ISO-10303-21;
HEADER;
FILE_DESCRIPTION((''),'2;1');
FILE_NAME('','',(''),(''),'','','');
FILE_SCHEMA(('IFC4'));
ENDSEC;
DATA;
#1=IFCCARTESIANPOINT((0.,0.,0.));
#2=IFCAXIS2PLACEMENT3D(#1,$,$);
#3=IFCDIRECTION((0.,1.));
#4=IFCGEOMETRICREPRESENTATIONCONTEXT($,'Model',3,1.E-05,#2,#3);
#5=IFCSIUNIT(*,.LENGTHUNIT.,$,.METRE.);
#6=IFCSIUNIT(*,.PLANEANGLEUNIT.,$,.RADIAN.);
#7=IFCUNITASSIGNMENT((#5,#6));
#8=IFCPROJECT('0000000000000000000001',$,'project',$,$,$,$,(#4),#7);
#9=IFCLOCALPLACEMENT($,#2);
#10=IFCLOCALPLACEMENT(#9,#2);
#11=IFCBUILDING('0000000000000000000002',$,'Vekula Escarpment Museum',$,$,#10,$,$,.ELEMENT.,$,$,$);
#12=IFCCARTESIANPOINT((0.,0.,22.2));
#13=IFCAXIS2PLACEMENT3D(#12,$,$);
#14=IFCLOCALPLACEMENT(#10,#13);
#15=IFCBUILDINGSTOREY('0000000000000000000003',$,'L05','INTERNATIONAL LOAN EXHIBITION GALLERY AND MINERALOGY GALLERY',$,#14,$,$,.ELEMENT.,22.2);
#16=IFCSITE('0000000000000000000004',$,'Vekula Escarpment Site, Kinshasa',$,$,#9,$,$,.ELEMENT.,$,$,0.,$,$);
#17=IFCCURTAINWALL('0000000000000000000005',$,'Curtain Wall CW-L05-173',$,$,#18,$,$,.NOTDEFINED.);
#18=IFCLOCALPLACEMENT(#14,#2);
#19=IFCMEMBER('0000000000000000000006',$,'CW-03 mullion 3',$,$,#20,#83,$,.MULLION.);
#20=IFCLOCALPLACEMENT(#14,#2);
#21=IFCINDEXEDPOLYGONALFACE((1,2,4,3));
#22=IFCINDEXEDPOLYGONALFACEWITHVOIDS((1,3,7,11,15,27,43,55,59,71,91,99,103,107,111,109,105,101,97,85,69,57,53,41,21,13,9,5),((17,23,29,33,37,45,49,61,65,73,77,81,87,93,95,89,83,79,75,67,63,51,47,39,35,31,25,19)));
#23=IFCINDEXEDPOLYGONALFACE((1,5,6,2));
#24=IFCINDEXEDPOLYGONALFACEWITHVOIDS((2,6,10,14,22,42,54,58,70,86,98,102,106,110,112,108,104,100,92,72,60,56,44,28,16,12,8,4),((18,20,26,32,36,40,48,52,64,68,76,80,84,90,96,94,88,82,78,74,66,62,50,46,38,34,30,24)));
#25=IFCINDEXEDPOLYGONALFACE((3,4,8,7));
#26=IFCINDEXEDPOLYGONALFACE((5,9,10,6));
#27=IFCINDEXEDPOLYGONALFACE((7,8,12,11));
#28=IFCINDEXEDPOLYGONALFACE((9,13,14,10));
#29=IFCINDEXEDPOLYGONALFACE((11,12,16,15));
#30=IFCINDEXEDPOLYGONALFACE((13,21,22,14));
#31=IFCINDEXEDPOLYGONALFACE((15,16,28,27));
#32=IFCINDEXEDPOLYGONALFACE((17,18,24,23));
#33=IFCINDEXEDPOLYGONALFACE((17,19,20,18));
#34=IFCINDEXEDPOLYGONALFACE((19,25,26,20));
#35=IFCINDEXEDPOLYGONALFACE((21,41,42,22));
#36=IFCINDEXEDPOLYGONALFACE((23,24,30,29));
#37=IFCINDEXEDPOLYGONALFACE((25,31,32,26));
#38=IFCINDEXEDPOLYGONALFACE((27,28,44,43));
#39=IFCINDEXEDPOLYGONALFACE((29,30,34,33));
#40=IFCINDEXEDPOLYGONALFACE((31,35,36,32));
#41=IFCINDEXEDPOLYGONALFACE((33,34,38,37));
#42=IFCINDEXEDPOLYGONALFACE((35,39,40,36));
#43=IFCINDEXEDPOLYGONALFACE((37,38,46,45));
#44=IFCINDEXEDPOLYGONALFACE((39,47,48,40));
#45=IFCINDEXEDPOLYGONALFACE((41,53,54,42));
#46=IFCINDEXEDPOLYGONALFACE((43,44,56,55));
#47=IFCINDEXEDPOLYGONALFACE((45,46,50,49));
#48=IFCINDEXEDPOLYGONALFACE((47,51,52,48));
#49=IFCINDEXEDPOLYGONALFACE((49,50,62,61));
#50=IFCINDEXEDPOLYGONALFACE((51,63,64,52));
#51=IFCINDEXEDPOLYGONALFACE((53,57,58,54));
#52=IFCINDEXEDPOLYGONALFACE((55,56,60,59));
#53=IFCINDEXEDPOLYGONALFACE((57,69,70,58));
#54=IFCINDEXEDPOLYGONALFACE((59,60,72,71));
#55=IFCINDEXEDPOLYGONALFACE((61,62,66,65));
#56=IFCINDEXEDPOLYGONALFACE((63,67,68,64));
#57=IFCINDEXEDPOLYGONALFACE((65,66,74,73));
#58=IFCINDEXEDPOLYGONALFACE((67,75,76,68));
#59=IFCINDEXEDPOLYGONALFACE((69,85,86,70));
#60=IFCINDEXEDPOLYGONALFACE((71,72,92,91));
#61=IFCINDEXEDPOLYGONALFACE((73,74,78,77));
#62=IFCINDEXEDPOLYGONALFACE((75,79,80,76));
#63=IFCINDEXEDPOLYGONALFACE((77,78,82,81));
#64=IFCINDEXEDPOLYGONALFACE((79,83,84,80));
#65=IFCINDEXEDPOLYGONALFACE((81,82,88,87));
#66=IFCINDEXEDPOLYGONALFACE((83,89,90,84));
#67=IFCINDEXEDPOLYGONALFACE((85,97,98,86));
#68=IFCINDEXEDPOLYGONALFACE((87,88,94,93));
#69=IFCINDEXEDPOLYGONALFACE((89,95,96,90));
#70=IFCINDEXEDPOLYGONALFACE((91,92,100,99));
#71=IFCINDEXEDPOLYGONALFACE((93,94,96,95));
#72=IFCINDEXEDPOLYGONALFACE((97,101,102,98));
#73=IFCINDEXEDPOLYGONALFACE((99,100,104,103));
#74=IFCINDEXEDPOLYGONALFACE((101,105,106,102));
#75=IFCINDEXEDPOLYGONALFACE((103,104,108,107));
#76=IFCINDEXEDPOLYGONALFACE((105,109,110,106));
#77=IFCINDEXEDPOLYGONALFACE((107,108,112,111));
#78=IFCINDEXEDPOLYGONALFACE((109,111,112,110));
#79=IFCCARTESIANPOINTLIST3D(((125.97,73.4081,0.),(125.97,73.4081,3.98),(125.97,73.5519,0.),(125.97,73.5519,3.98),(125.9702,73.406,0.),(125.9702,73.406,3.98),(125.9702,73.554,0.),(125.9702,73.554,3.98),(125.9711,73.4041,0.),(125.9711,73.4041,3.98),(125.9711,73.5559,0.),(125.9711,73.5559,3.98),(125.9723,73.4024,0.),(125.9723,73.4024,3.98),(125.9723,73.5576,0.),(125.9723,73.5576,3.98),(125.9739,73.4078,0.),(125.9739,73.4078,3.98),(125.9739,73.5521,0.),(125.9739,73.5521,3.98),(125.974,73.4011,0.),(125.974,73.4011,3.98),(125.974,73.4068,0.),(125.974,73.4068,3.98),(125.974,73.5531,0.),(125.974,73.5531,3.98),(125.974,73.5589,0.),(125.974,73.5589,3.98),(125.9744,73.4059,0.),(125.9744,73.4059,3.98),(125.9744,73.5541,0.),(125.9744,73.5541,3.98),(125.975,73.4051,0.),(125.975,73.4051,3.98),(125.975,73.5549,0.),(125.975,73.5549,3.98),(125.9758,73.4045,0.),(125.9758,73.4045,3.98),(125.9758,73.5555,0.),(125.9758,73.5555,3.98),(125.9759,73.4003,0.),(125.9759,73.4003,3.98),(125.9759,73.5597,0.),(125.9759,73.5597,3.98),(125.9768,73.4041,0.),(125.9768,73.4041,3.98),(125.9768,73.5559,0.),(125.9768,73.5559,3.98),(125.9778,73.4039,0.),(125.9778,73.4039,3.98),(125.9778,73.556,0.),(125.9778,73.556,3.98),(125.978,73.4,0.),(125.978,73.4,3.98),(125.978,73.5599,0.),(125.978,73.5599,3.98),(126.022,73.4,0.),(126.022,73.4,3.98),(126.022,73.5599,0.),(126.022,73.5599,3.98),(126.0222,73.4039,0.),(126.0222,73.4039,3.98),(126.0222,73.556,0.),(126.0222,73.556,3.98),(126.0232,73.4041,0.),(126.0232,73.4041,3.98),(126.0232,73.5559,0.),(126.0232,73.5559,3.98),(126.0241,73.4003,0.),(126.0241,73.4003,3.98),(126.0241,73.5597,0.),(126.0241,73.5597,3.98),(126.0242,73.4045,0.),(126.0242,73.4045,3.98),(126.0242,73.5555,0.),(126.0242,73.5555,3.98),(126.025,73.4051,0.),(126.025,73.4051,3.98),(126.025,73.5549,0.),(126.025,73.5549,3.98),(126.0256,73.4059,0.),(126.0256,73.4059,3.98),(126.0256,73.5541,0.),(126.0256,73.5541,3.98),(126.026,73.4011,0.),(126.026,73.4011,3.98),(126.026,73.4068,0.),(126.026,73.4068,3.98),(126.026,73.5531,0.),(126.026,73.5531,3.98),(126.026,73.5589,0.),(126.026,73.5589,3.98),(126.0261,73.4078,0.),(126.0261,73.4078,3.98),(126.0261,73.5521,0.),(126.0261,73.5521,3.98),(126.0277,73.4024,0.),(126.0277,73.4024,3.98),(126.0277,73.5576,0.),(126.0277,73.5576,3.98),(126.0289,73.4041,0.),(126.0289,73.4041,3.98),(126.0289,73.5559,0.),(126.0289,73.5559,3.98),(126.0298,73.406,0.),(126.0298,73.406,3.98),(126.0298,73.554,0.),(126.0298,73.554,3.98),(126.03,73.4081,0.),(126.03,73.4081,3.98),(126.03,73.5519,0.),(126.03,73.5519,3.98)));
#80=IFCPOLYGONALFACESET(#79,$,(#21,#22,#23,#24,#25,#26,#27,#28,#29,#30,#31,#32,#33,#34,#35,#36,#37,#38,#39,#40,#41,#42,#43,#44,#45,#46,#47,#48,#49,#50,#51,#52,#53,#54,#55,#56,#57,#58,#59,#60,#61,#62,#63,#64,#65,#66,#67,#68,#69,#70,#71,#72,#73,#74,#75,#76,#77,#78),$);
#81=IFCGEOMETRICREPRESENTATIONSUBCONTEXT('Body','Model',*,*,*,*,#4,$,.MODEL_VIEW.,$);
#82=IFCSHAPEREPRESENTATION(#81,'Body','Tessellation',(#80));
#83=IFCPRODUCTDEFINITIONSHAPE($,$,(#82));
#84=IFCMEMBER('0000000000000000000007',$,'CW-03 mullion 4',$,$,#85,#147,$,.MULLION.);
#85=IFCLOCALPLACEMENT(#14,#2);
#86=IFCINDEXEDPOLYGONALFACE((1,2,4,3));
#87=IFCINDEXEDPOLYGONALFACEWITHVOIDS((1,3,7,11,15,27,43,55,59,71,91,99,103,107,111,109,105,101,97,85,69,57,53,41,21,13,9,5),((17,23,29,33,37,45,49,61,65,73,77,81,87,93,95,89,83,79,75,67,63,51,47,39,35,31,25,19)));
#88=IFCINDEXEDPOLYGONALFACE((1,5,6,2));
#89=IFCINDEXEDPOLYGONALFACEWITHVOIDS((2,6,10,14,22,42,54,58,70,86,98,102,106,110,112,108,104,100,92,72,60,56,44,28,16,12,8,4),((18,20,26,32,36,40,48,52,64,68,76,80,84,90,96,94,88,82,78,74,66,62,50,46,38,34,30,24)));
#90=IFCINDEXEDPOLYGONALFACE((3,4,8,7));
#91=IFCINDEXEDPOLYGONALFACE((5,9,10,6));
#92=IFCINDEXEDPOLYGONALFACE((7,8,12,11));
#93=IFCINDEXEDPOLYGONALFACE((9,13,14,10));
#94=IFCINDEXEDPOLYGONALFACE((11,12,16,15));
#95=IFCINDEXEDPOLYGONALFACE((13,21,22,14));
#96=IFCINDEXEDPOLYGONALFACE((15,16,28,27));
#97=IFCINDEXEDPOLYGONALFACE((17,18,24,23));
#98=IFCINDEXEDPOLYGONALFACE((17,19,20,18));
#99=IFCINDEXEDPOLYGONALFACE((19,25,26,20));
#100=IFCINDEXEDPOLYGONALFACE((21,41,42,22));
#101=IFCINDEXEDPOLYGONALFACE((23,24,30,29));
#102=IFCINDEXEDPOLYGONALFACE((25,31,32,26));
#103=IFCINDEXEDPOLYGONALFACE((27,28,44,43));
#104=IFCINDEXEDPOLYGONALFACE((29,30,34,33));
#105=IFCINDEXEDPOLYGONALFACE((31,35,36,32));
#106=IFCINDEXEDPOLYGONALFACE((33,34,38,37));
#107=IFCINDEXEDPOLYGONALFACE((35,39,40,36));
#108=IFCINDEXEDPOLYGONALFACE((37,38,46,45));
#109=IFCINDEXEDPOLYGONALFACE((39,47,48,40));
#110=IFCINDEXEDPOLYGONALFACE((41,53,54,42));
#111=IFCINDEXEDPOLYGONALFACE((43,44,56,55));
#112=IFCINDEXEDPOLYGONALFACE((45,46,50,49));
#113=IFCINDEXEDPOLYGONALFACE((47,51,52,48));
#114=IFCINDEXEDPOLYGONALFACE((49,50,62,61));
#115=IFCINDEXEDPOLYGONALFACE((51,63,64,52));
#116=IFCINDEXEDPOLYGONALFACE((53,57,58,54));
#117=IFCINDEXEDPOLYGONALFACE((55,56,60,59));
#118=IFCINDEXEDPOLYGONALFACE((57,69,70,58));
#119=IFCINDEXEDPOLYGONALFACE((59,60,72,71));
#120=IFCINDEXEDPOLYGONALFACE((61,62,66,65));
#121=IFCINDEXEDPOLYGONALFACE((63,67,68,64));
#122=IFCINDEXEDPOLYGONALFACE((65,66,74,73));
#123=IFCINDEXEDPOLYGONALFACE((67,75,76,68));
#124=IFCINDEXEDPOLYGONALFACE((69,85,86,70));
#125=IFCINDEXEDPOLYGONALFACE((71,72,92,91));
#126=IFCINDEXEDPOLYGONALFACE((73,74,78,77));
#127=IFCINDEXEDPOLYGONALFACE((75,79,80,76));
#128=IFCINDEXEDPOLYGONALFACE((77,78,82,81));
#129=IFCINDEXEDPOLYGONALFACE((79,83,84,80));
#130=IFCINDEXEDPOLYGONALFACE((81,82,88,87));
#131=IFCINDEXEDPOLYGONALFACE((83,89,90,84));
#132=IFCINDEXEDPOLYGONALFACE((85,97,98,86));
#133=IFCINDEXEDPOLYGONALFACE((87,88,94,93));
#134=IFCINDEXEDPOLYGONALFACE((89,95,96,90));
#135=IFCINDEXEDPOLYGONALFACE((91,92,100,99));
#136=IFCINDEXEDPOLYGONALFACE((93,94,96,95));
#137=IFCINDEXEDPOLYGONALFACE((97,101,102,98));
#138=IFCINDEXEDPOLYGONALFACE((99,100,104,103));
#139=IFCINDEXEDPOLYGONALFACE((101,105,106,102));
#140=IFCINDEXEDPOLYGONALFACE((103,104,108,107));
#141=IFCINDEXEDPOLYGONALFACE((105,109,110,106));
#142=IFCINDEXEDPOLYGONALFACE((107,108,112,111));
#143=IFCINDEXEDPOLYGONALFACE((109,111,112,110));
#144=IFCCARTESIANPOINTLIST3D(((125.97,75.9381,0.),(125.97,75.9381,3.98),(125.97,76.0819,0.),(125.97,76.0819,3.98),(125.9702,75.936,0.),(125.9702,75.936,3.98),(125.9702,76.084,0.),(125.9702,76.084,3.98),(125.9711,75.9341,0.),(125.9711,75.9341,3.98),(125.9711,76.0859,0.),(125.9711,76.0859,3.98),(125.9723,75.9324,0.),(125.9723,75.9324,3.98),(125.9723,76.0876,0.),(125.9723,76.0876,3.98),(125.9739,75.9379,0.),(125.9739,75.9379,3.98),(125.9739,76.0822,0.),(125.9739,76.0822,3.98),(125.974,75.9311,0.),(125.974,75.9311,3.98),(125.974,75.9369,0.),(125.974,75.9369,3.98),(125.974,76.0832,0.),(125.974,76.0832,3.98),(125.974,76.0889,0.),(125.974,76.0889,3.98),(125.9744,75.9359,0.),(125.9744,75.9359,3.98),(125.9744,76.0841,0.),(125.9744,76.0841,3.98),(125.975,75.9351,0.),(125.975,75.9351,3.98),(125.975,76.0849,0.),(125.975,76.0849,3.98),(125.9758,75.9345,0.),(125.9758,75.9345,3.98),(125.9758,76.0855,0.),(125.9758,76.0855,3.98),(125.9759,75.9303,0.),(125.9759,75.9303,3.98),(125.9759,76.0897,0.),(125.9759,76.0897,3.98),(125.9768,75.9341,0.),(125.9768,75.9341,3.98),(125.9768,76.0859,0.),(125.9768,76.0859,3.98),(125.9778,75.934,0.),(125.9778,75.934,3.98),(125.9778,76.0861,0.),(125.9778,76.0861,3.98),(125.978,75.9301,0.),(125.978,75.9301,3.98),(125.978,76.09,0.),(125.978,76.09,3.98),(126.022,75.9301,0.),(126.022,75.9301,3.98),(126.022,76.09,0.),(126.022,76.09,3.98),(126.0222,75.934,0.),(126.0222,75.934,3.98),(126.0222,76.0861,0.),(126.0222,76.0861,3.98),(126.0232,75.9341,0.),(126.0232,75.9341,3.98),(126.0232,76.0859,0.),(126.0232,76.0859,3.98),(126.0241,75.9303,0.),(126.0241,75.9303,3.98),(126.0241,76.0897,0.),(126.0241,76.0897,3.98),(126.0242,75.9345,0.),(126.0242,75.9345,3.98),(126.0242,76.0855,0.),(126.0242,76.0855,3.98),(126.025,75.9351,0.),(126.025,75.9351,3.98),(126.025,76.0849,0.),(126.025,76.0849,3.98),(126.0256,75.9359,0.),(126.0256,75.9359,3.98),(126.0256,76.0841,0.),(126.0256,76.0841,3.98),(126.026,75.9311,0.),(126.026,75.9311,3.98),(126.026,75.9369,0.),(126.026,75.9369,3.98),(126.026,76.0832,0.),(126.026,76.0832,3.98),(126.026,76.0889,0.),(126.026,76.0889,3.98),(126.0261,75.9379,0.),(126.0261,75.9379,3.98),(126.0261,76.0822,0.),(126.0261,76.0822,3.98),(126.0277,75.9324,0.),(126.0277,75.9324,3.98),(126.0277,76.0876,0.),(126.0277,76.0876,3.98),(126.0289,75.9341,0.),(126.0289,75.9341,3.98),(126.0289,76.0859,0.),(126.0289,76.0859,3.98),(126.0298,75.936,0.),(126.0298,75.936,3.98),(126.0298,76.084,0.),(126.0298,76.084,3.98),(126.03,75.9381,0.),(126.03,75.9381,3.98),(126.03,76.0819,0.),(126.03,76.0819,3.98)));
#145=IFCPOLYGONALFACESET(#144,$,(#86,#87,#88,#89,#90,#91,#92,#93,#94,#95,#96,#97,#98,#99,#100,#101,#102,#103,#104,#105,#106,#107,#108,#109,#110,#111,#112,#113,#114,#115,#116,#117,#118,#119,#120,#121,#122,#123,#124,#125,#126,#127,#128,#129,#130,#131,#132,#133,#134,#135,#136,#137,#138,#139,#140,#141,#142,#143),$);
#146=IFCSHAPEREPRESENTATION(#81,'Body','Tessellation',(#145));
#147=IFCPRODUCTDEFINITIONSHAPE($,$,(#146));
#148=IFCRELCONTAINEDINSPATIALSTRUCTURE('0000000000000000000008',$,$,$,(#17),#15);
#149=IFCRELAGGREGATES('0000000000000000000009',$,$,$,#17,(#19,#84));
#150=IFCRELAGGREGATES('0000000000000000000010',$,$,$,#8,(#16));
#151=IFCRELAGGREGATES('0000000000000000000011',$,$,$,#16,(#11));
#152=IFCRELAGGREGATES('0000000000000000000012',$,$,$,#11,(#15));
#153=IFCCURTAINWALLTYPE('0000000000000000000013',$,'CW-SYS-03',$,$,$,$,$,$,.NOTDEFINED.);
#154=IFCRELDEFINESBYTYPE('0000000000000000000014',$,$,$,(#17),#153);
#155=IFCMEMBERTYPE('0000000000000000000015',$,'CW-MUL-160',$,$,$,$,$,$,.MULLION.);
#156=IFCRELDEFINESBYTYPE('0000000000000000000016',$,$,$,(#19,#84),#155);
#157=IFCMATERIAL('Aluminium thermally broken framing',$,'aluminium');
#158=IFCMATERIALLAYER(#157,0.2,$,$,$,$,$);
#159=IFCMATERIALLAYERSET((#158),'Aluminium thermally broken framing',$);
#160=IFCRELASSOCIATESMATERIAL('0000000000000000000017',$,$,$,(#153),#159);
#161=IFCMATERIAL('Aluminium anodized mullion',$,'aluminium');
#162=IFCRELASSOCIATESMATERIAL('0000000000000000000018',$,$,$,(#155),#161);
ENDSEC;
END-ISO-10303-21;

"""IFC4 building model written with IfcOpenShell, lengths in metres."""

from ifc_helpers import new_model, si_unit, direction, frame, origin, origin_2d, place, context, subcontext, project, spatial, hollow_rectangle, extrude, material, layer, layer_set, material_profile, profile_set, type_object, element, aggregate, save


model = new_model("IFC4")

# Units and contexts
model_context = context("Model", 3, precision=1e-05, world=origin(), true_north=direction((0.0, 1.0)))
body_context = subcontext(model_context, "Body", "Model", "MODEL_VIEW")
ifc_project = project(units=[si_unit("LENGTHUNIT", "METRE"), si_unit("PLANEANGLEUNIT", "RADIAN")], contexts=[model_context])

# Site, building, storey
site_placement = place(None, origin())
site = spatial("IfcSite", under=ifc_project, at=site_placement, Name="Vekula Escarpment Site, Kinshasa", CompositionType="ELEMENT", RefElevation=0.0)
building_placement = place(site_placement, origin())
building = spatial("IfcBuilding", under=site, at=building_placement, Name="Vekula Escarpment Museum", CompositionType="ELEMENT")
storey_placement = place(building_placement, frame((0.0, 0.0, 22.2)))
storey = spatial("IfcBuildingStorey", under=building, at=storey_placement, Name="L05", Description="INTERNATIONAL LOAN EXHIBITION GALLERY AND MINERALOGY GALLERY", CompositionType="ELEMENT", Elevation=22.2)

# Curtain wall, members
ifc_material_1 = material(Name="Aluminium thermally broken framing", Category="aluminium")
ifc_layer_1 = layer(ifc_material_1, 0.2)
ifc_layer_set_1 = layer_set([ifc_layer_1], Name="Aluminium thermally broken framing")
curtain_wall_type = type_object("IfcCurtainWallType", Name="CW-SYS-03", PredefinedType="NOTDEFINED", material=ifc_layer_set_1)
curtain_wall_placement = place(storey_placement, origin())
curtain_wall = element("IfcCurtainWall", 1, at=curtain_wall_placement, inside=storey, type_object=curtain_wall_type, Name="Curtain Wall CW-L05-173", PredefinedType="NOTDEFINED")
ifc_material_2 = material(Name="Aluminium anodized mullion", Category="aluminium")
ifc_material_profile_1 = material_profile(ifc_material_2, hollow_rectangle(XDim=0.0601, YDim=0.1599, WallThickness=0.0039, InnerFilletRadius=0.0039, OuterFilletRadius=0.0081, at=origin_2d()), Name="ALU 160x60x4")
ifc_profile_set_1 = profile_set([ifc_material_profile_1], Name="Aluminium anodized mullion")
member_type_1 = type_object("IfcMemberType", Name="CW-MUL-160", PredefinedType="MULLION", material=ifc_profile_set_1)
member_1_placement = place(storey_placement, frame((126.0, 73.48, 0.0), z_axis=(0.0, 0.0, 1.0), x_axis=(-1.0, 0.0, 0.0)))
member_1 = element("IfcMember", 2, at=member_1_placement, type_object=member_type_1, Name="CW-03 mullion 3", PredefinedType="MULLION", context=body_context, shape_type="SweptSolid", body=[
    extrude(hollow_rectangle(XDim=0.0601, YDim=0.1599, WallThickness=0.0039, InnerFilletRadius=0.0039, OuterFilletRadius=0.0081, at=origin_2d()), origin(), (0.0, 0.0, 1.0), 3.98),
])
member_2_placement = place(storey_placement, frame((126.0, 76.01, 0.0), z_axis=(0.0, 0.0, 1.0), x_axis=(-1.0, 0.0, 0.0)))
member_2 = element("IfcMember", 3, at=member_2_placement, type_object=member_type_1, Name="CW-03 mullion 4", PredefinedType="MULLION", context=body_context, shape_type="SweptSolid", body=[
    extrude(hollow_rectangle(XDim=0.0601, YDim=0.1599, WallThickness=0.0039, InnerFilletRadius=0.0039, OuterFilletRadius=0.0081, at=origin_2d()), origin(), (0.0, 0.0, 1.0), 3.98),
])
aggregate(curtain_wall, [member_1, member_2])

save(model, "model.ifc")
